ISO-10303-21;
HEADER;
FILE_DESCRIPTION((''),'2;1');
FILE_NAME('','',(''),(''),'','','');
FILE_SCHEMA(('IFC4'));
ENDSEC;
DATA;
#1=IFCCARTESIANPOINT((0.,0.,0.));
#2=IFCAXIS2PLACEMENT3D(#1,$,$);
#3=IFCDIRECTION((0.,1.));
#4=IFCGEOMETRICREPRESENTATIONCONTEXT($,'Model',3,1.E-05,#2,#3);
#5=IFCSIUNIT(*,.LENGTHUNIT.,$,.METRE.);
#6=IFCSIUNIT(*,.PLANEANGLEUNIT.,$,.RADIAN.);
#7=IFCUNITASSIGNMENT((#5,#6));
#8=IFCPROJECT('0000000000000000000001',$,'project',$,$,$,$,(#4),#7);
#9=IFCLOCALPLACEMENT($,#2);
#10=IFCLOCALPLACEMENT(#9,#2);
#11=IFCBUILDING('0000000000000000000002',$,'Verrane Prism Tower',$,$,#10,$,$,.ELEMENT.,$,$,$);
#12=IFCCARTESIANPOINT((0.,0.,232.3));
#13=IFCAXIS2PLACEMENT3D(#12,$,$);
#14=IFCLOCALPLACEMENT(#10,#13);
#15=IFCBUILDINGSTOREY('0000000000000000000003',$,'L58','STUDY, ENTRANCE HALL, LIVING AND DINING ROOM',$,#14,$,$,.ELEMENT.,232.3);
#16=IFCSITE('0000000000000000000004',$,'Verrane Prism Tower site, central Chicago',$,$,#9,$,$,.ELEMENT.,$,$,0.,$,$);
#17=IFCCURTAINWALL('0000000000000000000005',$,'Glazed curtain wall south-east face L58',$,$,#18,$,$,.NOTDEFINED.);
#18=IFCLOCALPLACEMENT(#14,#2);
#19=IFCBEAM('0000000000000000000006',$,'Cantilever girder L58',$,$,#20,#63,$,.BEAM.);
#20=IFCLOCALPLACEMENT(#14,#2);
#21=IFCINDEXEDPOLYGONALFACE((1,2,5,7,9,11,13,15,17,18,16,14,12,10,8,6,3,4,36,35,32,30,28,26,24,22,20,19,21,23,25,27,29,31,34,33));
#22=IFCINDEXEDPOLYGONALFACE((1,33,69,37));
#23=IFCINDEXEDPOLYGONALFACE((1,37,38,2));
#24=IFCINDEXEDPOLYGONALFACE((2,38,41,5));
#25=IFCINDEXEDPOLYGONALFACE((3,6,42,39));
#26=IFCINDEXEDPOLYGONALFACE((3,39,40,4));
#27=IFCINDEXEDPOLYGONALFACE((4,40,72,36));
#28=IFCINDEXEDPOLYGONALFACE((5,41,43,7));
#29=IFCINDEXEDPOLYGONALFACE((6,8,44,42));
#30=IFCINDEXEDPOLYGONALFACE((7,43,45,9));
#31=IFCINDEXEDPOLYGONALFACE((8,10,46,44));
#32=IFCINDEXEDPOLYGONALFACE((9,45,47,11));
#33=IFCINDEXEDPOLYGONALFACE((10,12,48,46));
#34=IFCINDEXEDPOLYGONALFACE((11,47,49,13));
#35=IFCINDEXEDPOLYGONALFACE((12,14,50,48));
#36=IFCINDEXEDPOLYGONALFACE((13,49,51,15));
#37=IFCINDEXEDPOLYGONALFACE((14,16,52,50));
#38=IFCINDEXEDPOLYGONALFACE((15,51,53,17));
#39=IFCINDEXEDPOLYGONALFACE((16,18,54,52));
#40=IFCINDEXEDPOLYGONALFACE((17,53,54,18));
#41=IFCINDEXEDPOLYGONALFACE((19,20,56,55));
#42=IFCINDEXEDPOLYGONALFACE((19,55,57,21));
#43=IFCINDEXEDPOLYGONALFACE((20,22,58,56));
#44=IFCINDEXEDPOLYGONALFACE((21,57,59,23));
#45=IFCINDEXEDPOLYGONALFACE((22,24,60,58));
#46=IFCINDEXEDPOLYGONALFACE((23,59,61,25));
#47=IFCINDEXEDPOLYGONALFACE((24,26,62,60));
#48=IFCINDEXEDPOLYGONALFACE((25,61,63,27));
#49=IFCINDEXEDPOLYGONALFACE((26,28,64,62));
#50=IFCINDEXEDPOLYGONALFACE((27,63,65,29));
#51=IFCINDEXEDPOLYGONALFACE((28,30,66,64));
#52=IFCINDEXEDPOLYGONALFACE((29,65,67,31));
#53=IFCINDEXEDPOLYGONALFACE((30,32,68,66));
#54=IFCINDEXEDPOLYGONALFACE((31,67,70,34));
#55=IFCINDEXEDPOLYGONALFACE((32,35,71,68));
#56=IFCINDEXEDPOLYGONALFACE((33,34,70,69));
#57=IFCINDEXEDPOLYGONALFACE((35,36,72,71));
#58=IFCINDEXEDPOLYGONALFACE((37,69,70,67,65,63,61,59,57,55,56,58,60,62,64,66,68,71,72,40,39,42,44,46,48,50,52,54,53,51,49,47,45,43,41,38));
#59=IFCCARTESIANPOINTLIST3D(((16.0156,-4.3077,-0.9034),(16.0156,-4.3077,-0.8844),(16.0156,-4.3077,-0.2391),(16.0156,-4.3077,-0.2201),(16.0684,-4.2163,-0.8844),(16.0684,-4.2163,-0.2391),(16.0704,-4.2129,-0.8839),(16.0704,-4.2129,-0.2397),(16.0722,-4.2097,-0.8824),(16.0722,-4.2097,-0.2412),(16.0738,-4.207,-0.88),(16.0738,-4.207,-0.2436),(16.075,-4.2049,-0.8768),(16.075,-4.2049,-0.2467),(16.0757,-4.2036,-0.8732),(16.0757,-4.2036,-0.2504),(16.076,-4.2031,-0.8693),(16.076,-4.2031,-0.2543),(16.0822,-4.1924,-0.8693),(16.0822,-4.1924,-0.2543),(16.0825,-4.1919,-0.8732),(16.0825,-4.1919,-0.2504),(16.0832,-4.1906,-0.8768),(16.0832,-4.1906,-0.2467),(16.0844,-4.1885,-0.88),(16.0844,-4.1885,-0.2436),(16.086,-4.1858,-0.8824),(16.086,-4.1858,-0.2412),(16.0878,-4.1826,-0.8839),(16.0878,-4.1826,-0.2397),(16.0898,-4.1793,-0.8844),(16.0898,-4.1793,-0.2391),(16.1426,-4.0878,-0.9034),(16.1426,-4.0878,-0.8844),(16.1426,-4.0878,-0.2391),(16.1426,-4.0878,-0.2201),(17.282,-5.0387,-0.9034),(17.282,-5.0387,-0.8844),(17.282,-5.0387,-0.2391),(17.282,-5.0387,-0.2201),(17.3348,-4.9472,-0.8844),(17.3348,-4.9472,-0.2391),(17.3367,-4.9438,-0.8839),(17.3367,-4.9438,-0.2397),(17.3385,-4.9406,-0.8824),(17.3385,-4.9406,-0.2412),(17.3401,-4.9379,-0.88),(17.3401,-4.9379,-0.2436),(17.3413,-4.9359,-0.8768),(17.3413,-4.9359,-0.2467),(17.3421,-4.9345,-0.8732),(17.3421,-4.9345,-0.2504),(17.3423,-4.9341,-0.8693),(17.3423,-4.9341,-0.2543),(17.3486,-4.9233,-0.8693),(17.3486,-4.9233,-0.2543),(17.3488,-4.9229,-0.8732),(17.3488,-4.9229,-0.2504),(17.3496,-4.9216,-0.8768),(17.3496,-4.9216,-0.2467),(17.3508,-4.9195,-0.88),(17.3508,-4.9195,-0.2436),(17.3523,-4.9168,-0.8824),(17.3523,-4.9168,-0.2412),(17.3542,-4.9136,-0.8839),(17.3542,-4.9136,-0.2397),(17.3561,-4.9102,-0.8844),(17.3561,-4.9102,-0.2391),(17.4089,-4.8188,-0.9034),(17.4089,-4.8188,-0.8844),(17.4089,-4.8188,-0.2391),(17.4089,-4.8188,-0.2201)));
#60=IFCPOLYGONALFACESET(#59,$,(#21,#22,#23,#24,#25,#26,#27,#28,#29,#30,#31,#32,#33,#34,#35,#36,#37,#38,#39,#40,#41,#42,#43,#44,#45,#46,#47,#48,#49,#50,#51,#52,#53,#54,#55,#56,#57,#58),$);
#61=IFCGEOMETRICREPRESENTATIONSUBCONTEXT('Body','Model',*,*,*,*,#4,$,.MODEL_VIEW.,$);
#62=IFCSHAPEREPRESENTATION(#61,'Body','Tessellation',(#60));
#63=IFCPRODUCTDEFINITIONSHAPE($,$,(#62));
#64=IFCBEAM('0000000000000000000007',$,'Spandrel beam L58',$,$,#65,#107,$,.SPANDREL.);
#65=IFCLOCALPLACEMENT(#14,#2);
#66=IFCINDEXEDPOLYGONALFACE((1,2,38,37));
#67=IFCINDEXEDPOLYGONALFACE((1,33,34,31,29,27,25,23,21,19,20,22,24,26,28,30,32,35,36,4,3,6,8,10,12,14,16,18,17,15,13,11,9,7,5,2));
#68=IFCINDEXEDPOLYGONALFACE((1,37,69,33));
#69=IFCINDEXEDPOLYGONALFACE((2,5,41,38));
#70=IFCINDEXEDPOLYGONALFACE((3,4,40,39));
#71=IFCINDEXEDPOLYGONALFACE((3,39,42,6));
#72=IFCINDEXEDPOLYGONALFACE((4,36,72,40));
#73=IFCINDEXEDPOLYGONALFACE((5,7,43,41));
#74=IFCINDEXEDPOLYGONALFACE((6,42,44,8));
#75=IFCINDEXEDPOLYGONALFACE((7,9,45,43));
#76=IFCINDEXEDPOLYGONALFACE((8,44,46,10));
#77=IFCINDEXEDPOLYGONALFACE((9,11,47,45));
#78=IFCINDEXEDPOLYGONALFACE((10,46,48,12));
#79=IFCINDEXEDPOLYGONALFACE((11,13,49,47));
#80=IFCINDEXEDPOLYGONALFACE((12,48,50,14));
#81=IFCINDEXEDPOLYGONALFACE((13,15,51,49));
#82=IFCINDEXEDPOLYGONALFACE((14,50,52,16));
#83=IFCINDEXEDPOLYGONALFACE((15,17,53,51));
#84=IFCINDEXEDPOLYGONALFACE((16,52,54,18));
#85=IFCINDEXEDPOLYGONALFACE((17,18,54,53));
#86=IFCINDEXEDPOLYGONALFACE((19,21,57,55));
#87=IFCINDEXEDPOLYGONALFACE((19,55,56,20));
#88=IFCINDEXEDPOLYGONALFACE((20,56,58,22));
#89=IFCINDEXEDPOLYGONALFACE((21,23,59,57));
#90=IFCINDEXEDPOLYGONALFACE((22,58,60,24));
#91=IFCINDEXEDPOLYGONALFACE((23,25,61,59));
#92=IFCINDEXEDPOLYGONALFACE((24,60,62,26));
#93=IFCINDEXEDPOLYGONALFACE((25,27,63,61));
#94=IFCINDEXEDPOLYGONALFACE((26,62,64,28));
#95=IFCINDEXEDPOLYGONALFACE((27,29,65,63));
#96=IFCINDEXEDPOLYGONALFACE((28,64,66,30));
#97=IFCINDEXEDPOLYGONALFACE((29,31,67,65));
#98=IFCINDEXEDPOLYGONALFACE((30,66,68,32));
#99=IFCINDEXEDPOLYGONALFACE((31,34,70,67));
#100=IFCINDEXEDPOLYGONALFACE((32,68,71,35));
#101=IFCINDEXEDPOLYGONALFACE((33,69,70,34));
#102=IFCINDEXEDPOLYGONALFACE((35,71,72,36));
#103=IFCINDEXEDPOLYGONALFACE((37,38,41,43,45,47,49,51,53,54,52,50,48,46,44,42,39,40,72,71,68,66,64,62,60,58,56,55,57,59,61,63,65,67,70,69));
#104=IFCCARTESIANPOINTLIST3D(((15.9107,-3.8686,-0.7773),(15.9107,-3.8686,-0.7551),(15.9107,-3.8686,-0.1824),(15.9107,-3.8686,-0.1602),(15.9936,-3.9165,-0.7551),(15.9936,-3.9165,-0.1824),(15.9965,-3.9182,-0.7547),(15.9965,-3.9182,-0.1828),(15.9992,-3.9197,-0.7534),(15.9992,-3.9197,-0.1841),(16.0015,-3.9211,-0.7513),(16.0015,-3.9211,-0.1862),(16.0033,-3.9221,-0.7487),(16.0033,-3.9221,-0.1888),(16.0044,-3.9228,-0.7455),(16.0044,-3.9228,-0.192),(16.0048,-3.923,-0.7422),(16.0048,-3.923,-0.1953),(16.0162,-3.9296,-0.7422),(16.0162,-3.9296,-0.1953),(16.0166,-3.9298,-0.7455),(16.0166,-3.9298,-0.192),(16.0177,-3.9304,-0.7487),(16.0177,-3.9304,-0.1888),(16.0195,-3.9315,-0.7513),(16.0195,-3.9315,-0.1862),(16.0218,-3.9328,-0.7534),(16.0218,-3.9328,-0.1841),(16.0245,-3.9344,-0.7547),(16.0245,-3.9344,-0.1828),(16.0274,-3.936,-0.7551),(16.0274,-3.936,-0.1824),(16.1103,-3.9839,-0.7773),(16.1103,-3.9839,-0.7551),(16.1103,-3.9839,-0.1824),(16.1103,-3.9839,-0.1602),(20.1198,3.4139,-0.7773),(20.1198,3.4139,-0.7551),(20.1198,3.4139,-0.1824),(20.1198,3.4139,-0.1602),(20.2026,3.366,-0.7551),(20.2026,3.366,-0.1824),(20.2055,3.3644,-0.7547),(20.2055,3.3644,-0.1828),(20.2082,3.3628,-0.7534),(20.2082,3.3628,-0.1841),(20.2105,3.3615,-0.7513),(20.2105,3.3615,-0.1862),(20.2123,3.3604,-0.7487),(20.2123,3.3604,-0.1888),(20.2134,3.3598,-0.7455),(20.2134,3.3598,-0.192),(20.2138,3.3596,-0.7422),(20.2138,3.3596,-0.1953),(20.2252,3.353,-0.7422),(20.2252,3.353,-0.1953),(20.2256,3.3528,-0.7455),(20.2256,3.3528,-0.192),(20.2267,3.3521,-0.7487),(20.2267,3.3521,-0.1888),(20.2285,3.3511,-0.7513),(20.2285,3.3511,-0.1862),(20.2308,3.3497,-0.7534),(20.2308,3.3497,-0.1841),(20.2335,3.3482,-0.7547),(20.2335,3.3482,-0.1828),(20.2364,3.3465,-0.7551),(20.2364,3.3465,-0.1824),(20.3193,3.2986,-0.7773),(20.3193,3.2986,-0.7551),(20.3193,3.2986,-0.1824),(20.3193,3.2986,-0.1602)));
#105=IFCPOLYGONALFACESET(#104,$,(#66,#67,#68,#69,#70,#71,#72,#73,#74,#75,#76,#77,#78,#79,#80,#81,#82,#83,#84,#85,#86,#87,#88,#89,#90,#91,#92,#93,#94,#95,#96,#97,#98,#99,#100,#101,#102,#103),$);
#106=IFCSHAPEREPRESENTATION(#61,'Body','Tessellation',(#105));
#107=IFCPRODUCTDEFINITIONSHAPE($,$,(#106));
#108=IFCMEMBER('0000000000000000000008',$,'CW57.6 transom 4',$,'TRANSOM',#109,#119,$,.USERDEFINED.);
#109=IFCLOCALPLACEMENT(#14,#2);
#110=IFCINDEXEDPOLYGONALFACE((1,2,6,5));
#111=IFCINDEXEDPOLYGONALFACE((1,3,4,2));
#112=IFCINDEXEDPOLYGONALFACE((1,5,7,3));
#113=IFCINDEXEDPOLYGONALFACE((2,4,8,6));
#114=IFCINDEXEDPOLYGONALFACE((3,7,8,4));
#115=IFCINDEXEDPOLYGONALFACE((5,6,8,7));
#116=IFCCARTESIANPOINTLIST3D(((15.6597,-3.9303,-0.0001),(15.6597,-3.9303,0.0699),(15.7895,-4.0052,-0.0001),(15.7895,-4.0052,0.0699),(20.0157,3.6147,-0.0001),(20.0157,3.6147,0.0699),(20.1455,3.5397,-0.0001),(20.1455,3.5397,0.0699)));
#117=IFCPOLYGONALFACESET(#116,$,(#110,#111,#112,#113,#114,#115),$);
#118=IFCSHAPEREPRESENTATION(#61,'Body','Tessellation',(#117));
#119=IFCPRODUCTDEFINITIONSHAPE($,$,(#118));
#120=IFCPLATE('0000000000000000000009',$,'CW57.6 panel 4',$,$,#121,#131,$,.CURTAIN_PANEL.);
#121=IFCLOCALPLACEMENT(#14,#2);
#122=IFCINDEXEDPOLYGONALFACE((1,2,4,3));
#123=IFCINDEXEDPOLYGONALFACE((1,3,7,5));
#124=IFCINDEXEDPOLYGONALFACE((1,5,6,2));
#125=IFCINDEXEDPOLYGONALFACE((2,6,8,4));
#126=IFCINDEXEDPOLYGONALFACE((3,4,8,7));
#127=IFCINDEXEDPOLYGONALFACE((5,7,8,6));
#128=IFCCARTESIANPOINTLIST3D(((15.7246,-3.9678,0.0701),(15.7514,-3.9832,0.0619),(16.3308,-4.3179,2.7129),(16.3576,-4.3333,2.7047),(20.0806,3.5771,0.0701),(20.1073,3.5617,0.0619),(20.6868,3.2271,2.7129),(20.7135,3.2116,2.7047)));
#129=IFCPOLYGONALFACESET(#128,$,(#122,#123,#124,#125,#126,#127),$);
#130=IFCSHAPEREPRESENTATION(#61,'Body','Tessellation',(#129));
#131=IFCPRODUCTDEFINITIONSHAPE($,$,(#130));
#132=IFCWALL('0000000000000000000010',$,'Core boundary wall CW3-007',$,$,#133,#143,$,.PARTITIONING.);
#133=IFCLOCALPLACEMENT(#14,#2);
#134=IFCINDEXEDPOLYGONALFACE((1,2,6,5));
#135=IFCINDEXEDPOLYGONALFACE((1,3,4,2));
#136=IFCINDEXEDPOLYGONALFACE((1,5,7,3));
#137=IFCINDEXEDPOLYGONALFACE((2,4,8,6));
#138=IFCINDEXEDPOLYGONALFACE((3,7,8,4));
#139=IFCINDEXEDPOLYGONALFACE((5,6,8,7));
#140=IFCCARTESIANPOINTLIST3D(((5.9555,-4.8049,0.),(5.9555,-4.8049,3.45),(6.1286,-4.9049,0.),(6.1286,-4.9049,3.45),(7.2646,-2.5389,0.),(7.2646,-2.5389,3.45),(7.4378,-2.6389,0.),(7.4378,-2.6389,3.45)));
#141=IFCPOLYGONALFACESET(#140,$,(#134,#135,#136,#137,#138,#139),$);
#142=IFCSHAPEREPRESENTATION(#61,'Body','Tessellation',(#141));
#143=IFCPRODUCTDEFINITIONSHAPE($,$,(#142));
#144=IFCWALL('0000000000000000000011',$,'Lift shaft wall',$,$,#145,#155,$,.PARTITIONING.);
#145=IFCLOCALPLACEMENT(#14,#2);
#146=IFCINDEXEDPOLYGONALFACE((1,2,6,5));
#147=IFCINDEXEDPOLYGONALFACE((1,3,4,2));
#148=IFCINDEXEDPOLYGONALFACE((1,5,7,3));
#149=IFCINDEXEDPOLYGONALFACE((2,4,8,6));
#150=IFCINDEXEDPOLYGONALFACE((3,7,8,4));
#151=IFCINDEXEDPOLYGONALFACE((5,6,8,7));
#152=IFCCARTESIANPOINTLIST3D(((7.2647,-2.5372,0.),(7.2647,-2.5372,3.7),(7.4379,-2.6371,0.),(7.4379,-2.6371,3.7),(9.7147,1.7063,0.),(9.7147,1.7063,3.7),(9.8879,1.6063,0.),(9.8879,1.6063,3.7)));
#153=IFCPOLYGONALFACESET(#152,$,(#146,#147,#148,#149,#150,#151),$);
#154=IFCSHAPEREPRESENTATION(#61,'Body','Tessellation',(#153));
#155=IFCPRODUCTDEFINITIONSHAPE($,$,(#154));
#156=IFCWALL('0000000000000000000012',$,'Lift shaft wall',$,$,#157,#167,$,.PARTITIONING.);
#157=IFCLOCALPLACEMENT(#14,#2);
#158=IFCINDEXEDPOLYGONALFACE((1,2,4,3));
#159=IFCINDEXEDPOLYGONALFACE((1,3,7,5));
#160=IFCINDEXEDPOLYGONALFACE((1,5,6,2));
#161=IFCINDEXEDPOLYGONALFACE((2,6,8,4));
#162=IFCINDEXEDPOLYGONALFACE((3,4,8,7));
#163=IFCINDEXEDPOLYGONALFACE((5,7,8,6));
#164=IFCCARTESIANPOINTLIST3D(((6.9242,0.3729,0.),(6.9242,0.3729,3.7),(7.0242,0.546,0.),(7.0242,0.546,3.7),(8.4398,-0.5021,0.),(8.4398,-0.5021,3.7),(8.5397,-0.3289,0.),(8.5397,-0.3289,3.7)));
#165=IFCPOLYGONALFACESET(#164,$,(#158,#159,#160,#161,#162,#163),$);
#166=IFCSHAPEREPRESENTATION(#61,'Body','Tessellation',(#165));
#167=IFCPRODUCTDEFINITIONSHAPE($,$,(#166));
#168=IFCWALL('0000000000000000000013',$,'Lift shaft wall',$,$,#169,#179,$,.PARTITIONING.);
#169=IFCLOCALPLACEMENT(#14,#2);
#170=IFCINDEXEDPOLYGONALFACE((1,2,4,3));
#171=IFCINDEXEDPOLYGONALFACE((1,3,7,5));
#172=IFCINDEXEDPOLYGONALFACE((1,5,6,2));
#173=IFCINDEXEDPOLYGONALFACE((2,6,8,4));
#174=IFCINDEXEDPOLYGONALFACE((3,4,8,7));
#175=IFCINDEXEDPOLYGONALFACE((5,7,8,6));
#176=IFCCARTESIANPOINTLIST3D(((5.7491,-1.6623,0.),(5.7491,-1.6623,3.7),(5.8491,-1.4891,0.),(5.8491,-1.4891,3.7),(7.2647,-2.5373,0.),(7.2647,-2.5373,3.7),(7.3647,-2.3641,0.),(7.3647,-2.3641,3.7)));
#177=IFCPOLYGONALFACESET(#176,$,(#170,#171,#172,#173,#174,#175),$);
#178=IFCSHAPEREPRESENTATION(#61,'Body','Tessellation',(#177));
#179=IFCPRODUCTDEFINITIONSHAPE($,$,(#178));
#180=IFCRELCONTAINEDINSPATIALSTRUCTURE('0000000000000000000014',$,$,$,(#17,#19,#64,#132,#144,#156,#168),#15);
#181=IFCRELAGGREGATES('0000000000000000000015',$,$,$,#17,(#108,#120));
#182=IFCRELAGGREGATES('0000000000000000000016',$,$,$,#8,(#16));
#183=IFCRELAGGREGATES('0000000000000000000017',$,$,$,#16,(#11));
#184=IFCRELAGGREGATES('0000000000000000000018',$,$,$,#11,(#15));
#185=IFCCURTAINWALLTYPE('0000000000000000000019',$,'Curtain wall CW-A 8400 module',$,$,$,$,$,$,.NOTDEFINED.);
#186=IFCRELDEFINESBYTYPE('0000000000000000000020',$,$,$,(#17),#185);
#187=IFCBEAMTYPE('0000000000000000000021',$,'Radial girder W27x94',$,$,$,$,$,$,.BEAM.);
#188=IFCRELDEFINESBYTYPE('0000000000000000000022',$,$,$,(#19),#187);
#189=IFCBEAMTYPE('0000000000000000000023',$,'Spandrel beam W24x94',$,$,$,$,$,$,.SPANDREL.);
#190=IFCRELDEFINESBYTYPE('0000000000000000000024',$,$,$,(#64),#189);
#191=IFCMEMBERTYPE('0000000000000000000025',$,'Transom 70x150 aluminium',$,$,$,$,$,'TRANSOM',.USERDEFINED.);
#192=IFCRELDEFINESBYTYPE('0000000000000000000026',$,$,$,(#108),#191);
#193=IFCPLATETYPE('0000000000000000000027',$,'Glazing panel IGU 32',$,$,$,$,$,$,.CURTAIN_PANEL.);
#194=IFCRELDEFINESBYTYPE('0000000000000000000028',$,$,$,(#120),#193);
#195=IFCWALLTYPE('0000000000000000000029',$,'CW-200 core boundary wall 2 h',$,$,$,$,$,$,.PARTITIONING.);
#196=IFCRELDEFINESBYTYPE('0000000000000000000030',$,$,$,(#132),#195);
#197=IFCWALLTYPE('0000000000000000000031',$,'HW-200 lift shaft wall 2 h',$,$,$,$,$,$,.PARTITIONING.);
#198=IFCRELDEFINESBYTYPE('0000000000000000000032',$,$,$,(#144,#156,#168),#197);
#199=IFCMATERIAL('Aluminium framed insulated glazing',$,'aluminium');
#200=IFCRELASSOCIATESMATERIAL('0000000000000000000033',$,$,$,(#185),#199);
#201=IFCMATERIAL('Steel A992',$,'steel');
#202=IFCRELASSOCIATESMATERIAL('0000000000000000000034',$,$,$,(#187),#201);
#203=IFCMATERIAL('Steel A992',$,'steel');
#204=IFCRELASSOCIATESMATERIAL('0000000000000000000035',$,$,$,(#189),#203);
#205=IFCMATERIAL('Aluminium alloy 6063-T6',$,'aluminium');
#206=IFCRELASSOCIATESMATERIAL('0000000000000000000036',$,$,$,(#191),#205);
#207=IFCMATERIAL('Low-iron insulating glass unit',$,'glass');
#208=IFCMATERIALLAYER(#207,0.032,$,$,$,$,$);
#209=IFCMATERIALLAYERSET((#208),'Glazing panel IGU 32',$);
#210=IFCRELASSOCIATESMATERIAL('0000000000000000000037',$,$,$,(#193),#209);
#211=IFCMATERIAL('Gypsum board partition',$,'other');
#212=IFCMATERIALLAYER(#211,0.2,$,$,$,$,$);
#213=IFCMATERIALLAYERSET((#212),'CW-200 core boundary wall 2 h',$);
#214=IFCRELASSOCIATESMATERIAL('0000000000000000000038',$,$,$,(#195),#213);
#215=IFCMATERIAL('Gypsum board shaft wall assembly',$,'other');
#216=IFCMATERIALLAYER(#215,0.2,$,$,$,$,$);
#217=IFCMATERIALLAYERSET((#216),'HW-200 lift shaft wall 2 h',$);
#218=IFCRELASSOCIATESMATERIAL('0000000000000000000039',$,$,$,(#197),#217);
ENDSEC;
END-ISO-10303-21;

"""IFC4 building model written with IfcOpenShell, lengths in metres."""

from ifc_helpers import new_model, si_unit, direction, frame, frame_2d, origin, origin_2d, place, context, subcontext, project, spatial, polyline, rectangle, i_section, outline, extrude, material, layer, layer_set, material_profile, profile_set, type_object, element, aggregate, save


model = new_model("IFC4")

# Units and contexts
model_context = context("Model", 3, precision=1e-05, world=origin(), true_north=direction((0.0, 1.0)))
body_context = subcontext(model_context, "Body", "Model", "MODEL_VIEW")
ifc_project = project(units=[si_unit("LENGTHUNIT", "METRE"), si_unit("PLANEANGLEUNIT", "RADIAN")], contexts=[model_context])

# Site, building, storey
site_placement = place(None, origin())
site = spatial("IfcSite", under=ifc_project, at=site_placement, Name="Verrane Prism Tower site, central Chicago", CompositionType="ELEMENT", RefElevation=0.0)
building_placement = place(site_placement, origin())
building = spatial("IfcBuilding", under=site, at=building_placement, Name="Verrane Prism Tower", CompositionType="ELEMENT")
storey_placement = place(building_placement, frame((0.0, 0.0, 232.3)))
storey = spatial("IfcBuildingStorey", under=building, at=storey_placement, Name="L58", Description="STUDY, ENTRANCE HALL, LIVING AND DINING ROOM", CompositionType="ELEMENT", Elevation=232.3)

# Curtain wall
ifc_material_1 = material(Name="Aluminium framed insulated glazing", Category="aluminium")
curtain_wall_type = type_object("IfcCurtainWallType", Name="Curtain wall CW-A 8400 module", PredefinedType="NOTDEFINED", material=ifc_material_1)
curtain_wall_placement = place(storey_placement, origin())
curtain_wall = element("IfcCurtainWall", 1, at=curtain_wall_placement, inside=storey, type_object=curtain_wall_type, Name="Glazed curtain wall south-east face L58", PredefinedType="NOTDEFINED")

# Beams
ifc_material_2 = material(Name="Steel A992", Category="steel")
ifc_material_profile_1 = material_profile(ifc_material_2, i_section(OverallWidth=0.2539, OverallDepth=0.6833, WebThickness=0.0125, FlangeThickness=0.019, FilletRadius=0.0151, at=origin_2d()), Name="W27x94")
ifc_profile_set_1 = profile_set([ifc_material_profile_1], Name="Steel A992")
beam_type_1 = type_object("IfcBeamType", Name="Radial girder W27x94", PredefinedType="BEAM", material=ifc_profile_set_1)
beam_1_placement = place(storey_placement, frame((16.0791, -4.1978, -0.5618), z_axis=(0.866077, -0.49991, 0.0), x_axis=(0.49991, 0.866077, 0.0)))
element("IfcBeam", 2, at=beam_1_placement, inside=storey, type_object=beam_type_1, Name="Cantilever girder L58", PredefinedType="BEAM", context=body_context, shape_type="SweptSolid", body=[
    extrude(i_section(OverallWidth=0.2539, OverallDepth=0.6833, WebThickness=0.0125, FlangeThickness=0.019, FilletRadius=0.0151, at=origin_2d()), origin(), (0.0, 0.0, 1.0), 1.4622),
])
ifc_material_3 = material(Name="Steel A992", Category="steel")
ifc_material_profile_2 = material_profile(ifc_material_3, i_section(OverallWidth=0.2305, OverallDepth=0.6172, WebThickness=0.0132, FlangeThickness=0.0222, FilletRadius=0.0129, at=origin_2d()), Name="W24x94")
ifc_profile_set_2 = profile_set([ifc_material_profile_2], Name="Steel A992")
beam_type_2 = type_object("IfcBeamType", Name="Spandrel beam W24x94", PredefinedType="SPANDREL", material=ifc_profile_set_2)
beam_2_placement = place(storey_placement, frame((16.0105, -3.9263, -0.4688), z_axis=(0.500397, 0.865796, 0.0), x_axis=(-0.865796, 0.500397, 0.0)))
element("IfcBeam", 3, at=beam_2_placement, inside=storey, type_object=beam_type_2, Name="Spandrel beam L58", PredefinedType="SPANDREL", context=body_context, shape_type="SweptSolid", body=[
    extrude(i_section(OverallWidth=0.2305, OverallDepth=0.6172, WebThickness=0.0132, FlangeThickness=0.0222, FilletRadius=0.0129, at=origin_2d()), origin(), (0.0, 0.0, 1.0), 8.4114),
])

# Member
ifc_material_4 = material(Name="Aluminium alloy 6063-T6", Category="aluminium")
ifc_material_profile_3 = material_profile(ifc_material_4, rectangle(XDim=0.1499, YDim=0.0701, at=origin_2d()), Name="Transom 70x150 aluminium")
ifc_profile_set_3 = profile_set([ifc_material_profile_3], Name="Aluminium alloy 6063-T6")
member_type_1 = type_object("IfcMemberType", Name="Transom 70x150 aluminium", ElementType="TRANSOM", PredefinedType="USERDEFINED", material=ifc_profile_set_3)
member_1_placement = place(storey_placement, frame((15.7246, -3.9678, 0.0349), z_axis=(0.499991, 0.866031, 0.0), x_axis=(-0.866031, 0.499991, 0.0)))
member_1 = element("IfcMember", 4, at=member_1_placement, type_object=member_type_1, Name="CW57.6 transom 4", ObjectType="TRANSOM", PredefinedType="USERDEFINED", context=body_context, shape_type="SweptSolid", body=[
    extrude(rectangle(XDim=0.1499, YDim=0.0701, at=origin_2d()), origin(), (0.0, 0.0, 1.0), 8.7122),
])

# Plate
ifc_material_5 = material(Name="Low-iron insulating glass unit", Category="glass")
ifc_layer_1 = layer(ifc_material_5, 0.032)
ifc_layer_set_1 = layer_set([ifc_layer_1], Name="Glazing panel IGU 32")
plate_type = type_object("IfcPlateType", Name="Glazing panel IGU 32", PredefinedType="CURTAIN_PANEL", material=ifc_layer_set_1)
plate_placement = place(storey_placement, frame((15.7246, -3.9678, 0.0701), z_axis=(-0.83716, 0.483323, 0.256051), x_axis=(0.499991, 0.866031, 0.0)))
plate = element("IfcPlate", 5, at=plate_placement, type_object=plate_type, Name="CW57.6 panel 4", PredefinedType="CURTAIN_PANEL", context=body_context, shape_type="SweptSolid", body=[
    extrude(outline(polyline([(0.0, 0.0), (8.7121, 0.0), (8.712, -2.734), (-0.0001, -2.734), (0.0, 0.0)])), origin(), (0.0, 0.0, -1.0), 0.032),
])
aggregate(curtain_wall, [member_1, plate])

# Walls
ifc_material_6 = material(Name="Gypsum board partition", Category="other")
ifc_layer_2 = layer(ifc_material_6, 0.2)
ifc_layer_set_2 = layer_set([ifc_layer_2], Name="CW-200 core boundary wall 2 h")
wall_type_1 = type_object("IfcWallType", Name="CW-200 core boundary wall 2 h", PredefinedType="PARTITIONING", material=ifc_layer_set_2)
wall_1_placement = place(storey_placement, frame((6.042, -4.855, 0.0), z_axis=(0.0, 0.0, 1.0), x_axis=(0.500253, 0.865879, 0.0)))
element("IfcWall", 6, at=wall_1_placement, inside=storey, type_object=wall_type_1, Name="Core boundary wall CW3-007", PredefinedType="PARTITIONING", context=body_context, shape_type="SweptSolid", body=[
    extrude(rectangle(XDim=2.6169, YDim=0.2, at=frame_2d((1.3086, 0.0))), origin(), (0.0, 0.0, 1.0), 3.45),
])
ifc_material_7 = material(Name="Gypsum board shaft wall assembly", Category="other")
ifc_layer_3 = layer(ifc_material_7, 0.2)
ifc_layer_set_3 = layer_set([ifc_layer_3], Name="HW-200 lift shaft wall 2 h")
wall_type_2 = type_object("IfcWallType", Name="HW-200 lift shaft wall 2 h", PredefinedType="PARTITIONING", material=ifc_layer_set_3)
wall_2_placement = place(storey_placement, frame((7.3513, -2.5872, 0.0), z_axis=(0.0, 0.0, 1.0), x_axis=(0.500003, 0.866024, 0.0)))
element("IfcWall", 7, at=wall_2_placement, inside=storey, type_object=wall_type_2, Name="Lift shaft wall", PredefinedType="PARTITIONING", context=body_context, shape_type="SweptSolid", body=[
    extrude(rectangle(XDim=4.8999, YDim=0.2, at=frame_2d((2.45, 0.0))), origin(), (0.0, 0.0, 1.0), 3.7),
])
for number, where, z_axis, x_axis, name in (
    (8, (8.4897, -0.4155, 0.0), (0.0, 0.0, 1.0), (-0.866037, 0.49998, 0.0), "Lift shaft wall"),
    (9, (7.3147, -2.4507, 0.0), (0.0, 0.0, 1.0), (-0.866037, 0.49998, 0.0), "Lift shaft wall"),
):
    element("IfcWall", number, at=place(storey_placement, frame(where, z_axis=z_axis, x_axis=x_axis)), inside=storey, type_object=wall_type_2, Name=name, PredefinedType="PARTITIONING", context=body_context, shape_type="SweptSolid", body=[
        extrude(rectangle(XDim=1.75, YDim=0.2, at=frame_2d((0.875, 0.0))), origin(), (0.0, 0.0, 1.0), 3.7),
    ])

save(model, "model.ifc")
